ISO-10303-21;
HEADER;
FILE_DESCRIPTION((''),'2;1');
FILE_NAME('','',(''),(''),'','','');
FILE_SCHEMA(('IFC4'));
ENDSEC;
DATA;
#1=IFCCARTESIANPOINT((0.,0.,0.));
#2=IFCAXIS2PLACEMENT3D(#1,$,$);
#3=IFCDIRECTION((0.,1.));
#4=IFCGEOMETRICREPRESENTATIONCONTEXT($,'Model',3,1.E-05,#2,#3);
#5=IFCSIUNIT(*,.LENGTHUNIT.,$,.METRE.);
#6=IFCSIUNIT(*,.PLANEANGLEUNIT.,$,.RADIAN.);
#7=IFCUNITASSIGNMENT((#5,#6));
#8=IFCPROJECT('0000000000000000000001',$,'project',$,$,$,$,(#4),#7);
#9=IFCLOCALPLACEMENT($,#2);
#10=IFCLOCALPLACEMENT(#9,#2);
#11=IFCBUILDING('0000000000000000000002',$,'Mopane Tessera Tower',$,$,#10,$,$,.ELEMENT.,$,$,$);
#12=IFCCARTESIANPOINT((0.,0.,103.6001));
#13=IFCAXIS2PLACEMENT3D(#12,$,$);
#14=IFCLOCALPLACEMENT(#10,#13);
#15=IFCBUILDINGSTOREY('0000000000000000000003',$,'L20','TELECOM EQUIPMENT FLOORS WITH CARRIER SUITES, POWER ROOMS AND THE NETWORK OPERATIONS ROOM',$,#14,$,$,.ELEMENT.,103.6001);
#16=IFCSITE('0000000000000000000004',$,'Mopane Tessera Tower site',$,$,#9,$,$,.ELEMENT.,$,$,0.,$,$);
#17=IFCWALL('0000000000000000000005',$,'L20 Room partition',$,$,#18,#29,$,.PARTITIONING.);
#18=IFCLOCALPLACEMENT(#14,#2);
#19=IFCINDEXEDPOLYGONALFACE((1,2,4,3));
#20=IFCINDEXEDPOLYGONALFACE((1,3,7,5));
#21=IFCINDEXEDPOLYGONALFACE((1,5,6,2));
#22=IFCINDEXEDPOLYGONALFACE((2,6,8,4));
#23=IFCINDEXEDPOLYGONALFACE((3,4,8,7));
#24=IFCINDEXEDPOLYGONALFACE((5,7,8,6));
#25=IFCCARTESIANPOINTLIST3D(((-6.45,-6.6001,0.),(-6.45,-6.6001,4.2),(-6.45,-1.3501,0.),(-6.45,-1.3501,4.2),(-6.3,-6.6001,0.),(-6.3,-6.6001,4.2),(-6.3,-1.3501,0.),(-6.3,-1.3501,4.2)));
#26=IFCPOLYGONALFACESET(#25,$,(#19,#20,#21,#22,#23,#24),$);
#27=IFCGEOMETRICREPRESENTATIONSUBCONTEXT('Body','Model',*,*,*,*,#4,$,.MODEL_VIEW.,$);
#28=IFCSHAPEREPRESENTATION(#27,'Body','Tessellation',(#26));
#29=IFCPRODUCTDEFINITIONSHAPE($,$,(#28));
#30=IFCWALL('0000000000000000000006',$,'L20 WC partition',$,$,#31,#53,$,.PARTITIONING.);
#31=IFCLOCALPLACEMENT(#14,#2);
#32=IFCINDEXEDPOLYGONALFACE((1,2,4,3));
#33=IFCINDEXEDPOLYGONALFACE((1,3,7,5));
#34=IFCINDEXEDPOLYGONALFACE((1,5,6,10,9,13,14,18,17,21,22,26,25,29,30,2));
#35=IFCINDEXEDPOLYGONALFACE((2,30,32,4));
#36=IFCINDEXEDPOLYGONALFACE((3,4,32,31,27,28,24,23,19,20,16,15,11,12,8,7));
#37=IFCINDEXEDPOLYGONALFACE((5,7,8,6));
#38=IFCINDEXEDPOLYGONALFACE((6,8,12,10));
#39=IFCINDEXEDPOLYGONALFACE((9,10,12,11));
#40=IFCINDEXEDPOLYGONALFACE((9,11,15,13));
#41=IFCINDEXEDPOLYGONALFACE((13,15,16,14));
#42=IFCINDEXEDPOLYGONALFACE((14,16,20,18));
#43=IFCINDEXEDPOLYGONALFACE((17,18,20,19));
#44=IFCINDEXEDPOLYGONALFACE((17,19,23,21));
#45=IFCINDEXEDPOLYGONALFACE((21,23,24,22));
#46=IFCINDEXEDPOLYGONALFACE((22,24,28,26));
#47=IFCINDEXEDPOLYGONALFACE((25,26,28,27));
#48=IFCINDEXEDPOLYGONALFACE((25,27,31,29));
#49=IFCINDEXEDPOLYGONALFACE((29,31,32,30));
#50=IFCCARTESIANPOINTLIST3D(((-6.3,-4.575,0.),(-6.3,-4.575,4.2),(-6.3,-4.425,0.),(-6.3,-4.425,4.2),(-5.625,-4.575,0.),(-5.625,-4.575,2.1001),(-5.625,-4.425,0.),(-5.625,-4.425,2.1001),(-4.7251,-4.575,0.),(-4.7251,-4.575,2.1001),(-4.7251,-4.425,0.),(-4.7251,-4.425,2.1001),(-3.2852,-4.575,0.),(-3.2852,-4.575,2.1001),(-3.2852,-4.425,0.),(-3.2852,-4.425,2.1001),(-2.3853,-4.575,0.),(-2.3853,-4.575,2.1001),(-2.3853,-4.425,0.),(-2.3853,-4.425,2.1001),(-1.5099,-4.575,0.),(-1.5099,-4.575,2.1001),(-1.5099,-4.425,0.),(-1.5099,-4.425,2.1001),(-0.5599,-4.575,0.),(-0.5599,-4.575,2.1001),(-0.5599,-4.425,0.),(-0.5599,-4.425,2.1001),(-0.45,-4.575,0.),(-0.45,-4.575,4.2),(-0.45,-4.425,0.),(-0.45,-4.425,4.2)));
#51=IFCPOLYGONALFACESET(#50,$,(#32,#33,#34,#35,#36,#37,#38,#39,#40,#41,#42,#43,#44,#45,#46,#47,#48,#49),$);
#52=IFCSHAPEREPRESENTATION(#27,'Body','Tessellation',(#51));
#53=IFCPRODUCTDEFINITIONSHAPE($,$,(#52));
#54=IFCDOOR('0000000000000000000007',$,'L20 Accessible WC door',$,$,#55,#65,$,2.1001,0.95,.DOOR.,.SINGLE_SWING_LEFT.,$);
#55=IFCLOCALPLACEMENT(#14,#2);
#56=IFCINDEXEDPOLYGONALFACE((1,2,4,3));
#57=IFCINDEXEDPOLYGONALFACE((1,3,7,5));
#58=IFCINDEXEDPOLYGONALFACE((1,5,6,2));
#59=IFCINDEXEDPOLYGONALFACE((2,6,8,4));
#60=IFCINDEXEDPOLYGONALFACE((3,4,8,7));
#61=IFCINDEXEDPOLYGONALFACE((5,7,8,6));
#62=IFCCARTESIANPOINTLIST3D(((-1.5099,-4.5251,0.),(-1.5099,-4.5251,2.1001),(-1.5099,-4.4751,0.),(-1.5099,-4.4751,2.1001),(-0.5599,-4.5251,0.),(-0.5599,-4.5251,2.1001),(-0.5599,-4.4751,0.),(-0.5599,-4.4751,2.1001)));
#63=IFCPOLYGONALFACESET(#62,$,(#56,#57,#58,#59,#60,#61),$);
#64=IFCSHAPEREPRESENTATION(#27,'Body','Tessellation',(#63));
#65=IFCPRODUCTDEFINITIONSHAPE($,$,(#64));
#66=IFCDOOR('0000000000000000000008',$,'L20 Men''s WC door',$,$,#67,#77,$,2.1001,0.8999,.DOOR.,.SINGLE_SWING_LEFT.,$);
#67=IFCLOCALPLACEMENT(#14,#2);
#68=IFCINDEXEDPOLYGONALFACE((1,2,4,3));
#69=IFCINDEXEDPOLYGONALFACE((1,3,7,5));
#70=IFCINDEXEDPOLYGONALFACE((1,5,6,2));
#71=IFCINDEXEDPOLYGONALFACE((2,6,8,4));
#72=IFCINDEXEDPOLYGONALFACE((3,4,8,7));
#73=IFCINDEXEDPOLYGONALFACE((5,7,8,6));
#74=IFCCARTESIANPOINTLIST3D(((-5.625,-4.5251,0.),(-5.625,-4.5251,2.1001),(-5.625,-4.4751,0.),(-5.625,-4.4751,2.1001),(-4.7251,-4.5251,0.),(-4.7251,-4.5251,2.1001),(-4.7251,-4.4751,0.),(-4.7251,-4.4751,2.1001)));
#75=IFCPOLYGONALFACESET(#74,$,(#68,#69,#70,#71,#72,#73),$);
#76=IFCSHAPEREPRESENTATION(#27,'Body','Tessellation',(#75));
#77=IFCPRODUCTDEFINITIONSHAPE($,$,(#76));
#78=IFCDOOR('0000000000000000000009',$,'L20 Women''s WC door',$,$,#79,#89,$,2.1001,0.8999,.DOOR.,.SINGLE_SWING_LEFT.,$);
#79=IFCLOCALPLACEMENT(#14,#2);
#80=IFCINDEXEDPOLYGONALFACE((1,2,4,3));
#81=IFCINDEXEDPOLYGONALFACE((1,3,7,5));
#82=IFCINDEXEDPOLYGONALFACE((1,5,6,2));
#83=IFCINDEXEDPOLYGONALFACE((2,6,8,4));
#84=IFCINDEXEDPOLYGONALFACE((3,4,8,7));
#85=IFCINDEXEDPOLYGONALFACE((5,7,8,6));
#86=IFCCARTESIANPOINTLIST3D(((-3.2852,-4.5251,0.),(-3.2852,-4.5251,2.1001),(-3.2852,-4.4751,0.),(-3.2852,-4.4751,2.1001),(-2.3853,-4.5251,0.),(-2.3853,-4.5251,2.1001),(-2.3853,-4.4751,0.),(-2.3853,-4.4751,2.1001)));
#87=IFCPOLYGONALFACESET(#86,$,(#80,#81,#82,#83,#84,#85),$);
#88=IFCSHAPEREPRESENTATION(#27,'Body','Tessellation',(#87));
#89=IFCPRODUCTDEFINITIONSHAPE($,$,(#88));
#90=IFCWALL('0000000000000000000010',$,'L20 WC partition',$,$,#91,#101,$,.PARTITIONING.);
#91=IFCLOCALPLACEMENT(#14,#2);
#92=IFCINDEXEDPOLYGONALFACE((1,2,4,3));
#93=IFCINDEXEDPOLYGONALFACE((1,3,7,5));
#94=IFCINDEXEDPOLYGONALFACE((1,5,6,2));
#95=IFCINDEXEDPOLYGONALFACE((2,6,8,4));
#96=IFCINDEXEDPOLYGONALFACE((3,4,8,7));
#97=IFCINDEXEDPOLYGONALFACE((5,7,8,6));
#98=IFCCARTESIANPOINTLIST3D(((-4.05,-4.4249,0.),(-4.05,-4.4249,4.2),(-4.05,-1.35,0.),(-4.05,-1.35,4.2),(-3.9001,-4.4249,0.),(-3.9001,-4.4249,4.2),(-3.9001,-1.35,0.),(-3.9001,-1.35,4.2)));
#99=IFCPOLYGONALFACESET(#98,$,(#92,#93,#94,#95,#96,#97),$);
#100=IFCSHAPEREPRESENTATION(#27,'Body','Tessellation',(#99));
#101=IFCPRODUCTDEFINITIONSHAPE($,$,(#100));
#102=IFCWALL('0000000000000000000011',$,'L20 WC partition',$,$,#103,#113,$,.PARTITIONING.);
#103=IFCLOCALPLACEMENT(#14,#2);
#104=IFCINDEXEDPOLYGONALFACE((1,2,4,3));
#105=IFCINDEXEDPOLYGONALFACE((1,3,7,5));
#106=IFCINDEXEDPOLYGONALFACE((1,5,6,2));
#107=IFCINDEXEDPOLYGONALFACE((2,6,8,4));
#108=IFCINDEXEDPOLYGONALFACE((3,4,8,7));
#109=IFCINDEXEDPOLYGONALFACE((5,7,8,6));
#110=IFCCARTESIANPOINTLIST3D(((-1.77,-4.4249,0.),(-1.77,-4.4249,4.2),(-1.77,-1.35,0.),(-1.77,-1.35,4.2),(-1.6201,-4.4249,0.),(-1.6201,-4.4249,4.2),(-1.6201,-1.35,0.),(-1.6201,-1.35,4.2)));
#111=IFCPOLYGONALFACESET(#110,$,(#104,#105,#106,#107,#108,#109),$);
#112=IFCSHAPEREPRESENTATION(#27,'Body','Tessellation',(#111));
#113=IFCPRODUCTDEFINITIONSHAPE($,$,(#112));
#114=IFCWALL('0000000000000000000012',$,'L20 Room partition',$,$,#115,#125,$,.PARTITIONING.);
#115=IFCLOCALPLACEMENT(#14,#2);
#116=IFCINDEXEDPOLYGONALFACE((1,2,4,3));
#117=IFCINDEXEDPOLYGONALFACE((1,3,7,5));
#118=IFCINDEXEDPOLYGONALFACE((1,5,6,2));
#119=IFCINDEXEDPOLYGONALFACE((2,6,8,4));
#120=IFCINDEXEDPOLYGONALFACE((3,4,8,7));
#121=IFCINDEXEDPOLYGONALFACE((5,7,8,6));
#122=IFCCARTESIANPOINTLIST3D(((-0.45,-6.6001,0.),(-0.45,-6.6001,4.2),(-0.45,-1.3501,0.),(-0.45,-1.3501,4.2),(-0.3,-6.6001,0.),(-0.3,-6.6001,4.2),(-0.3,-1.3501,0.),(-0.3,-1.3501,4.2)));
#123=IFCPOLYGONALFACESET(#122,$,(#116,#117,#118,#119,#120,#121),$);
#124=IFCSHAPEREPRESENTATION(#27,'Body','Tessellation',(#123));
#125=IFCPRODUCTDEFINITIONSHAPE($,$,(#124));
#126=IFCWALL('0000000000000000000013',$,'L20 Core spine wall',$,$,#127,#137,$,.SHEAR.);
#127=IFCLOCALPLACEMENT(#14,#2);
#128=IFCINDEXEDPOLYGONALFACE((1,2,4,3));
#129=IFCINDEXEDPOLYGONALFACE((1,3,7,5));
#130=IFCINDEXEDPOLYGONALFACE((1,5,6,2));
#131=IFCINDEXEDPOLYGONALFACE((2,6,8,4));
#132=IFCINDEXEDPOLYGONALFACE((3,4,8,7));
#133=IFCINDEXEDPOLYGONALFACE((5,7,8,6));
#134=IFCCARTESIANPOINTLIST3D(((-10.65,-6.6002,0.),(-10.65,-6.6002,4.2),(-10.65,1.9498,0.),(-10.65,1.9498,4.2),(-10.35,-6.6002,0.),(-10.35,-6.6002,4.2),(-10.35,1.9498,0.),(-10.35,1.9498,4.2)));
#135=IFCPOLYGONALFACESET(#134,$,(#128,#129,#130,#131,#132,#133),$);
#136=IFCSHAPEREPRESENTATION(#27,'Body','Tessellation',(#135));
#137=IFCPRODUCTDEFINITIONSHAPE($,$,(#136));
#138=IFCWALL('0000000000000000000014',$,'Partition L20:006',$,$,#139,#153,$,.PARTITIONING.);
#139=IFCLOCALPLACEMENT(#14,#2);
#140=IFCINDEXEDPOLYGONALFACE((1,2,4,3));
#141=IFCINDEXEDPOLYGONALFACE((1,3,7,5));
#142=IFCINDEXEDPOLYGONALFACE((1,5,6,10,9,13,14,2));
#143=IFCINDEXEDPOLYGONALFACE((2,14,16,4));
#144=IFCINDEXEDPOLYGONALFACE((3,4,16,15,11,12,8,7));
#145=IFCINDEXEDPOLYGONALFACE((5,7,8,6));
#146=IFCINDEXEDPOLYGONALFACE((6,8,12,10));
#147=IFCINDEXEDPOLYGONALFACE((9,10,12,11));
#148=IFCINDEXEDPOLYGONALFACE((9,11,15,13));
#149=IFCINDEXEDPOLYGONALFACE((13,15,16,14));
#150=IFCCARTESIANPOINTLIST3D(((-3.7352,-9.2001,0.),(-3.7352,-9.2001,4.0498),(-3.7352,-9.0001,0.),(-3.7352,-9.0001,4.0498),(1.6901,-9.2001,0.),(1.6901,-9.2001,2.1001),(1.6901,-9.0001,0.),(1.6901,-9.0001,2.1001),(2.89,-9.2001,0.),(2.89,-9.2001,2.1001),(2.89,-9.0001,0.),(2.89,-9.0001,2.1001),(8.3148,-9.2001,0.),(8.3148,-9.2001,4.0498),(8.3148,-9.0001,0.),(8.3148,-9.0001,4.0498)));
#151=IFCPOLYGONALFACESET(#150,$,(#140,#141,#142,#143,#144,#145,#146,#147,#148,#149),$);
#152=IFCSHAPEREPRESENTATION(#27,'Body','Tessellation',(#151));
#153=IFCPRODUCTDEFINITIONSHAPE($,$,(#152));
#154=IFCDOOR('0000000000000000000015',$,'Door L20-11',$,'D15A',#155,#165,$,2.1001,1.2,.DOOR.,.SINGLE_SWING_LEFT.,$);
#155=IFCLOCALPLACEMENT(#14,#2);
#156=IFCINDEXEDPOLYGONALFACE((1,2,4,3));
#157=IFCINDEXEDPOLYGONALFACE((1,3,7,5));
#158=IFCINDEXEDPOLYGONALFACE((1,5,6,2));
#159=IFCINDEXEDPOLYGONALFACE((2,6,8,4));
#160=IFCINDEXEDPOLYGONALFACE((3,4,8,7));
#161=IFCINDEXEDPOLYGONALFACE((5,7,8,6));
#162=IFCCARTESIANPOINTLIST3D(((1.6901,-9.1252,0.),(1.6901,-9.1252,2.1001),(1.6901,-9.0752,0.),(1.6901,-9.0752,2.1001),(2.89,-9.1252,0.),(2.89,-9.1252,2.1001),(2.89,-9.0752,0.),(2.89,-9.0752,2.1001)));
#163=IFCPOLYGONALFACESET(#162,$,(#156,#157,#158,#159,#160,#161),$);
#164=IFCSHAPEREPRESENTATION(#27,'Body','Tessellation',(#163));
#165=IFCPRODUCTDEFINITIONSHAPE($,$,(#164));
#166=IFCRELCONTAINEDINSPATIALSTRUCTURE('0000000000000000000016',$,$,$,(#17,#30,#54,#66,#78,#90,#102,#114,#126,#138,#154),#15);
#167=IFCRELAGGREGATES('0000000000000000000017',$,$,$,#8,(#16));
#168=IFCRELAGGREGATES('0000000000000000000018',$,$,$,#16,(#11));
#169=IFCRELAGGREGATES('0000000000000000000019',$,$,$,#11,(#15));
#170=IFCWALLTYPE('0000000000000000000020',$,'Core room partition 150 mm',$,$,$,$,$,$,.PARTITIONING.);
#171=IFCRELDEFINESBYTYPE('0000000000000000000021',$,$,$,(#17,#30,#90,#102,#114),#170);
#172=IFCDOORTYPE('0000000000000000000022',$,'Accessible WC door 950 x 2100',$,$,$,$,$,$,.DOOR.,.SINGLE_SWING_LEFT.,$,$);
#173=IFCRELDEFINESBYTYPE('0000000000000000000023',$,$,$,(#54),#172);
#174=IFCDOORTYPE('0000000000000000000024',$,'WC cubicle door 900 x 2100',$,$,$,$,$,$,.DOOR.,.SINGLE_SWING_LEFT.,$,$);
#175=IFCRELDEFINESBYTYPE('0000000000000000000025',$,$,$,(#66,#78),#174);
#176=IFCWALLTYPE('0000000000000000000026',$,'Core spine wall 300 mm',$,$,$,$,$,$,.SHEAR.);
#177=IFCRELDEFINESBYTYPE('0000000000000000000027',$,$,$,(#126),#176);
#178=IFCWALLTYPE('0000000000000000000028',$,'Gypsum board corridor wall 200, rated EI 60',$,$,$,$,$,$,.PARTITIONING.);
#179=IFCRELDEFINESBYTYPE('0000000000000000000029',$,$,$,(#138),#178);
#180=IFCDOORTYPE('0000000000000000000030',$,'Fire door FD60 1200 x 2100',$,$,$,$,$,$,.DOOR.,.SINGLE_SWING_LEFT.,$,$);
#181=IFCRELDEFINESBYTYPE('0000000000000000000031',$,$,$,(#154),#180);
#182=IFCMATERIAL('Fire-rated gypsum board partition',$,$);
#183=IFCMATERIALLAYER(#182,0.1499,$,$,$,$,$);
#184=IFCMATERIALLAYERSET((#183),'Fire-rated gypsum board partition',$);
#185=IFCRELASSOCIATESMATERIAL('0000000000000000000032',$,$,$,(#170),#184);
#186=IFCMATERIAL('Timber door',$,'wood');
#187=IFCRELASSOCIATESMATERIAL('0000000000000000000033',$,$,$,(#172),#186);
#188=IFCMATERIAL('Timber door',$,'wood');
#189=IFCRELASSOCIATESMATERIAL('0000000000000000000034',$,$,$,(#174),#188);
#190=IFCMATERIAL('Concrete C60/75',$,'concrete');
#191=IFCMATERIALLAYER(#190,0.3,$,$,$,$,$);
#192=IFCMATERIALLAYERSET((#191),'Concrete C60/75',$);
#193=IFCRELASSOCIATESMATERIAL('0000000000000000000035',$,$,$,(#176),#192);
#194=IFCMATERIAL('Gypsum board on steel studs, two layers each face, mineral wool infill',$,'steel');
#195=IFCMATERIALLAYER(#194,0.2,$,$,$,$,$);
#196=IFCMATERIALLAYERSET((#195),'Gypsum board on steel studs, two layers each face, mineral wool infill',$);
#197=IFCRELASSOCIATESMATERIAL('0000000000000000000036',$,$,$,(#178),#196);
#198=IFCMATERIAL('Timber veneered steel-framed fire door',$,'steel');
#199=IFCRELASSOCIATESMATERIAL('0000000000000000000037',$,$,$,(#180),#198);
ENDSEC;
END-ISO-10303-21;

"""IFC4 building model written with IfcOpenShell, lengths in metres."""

from ifc_helpers import new_model, si_unit, direction, frame, frame_2d, origin, place, context, subcontext, project, spatial, rectangle, extrude, material, layer, layer_set, type_object, element, fill, save


model = new_model("IFC4")

# Units and contexts
model_context = context("Model", 3, precision=1e-05, world=origin(), true_north=direction((0.0, 1.0)))
body_context = subcontext(model_context, "Body", "Model", "MODEL_VIEW")
ifc_project = project(units=[si_unit("LENGTHUNIT", "METRE"), si_unit("PLANEANGLEUNIT", "RADIAN")], contexts=[model_context])

# Site, building, storey
site_placement = place(None, origin())
site = spatial("IfcSite", under=ifc_project, at=site_placement, Name="Mopane Tessera Tower site", CompositionType="ELEMENT", RefElevation=0.0)
building_placement = place(site_placement, origin())
building = spatial("IfcBuilding", under=site, at=building_placement, Name="Mopane Tessera Tower", CompositionType="ELEMENT")
storey_placement = place(building_placement, frame((0.0, 0.0, 103.6001)))
storey = spatial("IfcBuildingStorey", under=building, at=storey_placement, Name="L20", Description="TELECOM EQUIPMENT FLOORS WITH CARRIER SUITES, POWER ROOMS AND THE NETWORK OPERATIONS ROOM", CompositionType="ELEMENT", Elevation=103.6001)

# Wall
ifc_material_1 = material(Name="Fire-rated gypsum board partition")
ifc_layer_1 = layer(ifc_material_1, 0.1499)
ifc_layer_set_1 = layer_set([ifc_layer_1], Name="Fire-rated gypsum board partition")
wall_type_1 = type_object("IfcWallType", Name="Core room partition 150 mm", PredefinedType="PARTITIONING", material=ifc_layer_set_1)
wall_1_placement = place(storey_placement, frame((-6.375, -6.6001, 0.0), z_axis=(0.0, 0.0, 1.0), x_axis=(0.0, 1.0, 0.0)))
element("IfcWall", 1, at=wall_1_placement, inside=storey, type_object=wall_type_1, Name="L20 Room partition", PredefinedType="PARTITIONING", context=body_context, shape_type="SweptSolid", body=[
    extrude(rectangle(XDim=5.25, YDim=0.1499, at=frame_2d((2.625, 0.0))), origin(), (0.0, 0.0, 1.0), 4.2),
])

# Wall, openings, doors
wall_2_placement = place(storey_placement, frame((-6.3, -4.5, 0.0), z_axis=(0.0, 0.0, 1.0), x_axis=(1.0, 0.0, 0.0)))
wall_2 = element("IfcWall", 2, at=wall_2_placement, inside=storey, type_object=wall_type_1, Name="L20 WC partition", PredefinedType="PARTITIONING", context=body_context, shape_type="SweptSolid", body=[
    extrude(rectangle(XDim=5.8501, YDim=0.1499, at=frame_2d((2.925, 0.0))), origin(), (0.0, 0.0, 1.0), 4.2),
])
opening_1_placement = place(wall_2_placement, frame((0.675, 0.0, 0.0)))
opening_1 = element("IfcOpeningElement", 3, at=opening_1_placement, cuts=wall_2, PredefinedType="OPENING", context=body_context, shape_type="SweptSolid", body=[
    extrude(rectangle(XDim=0.8999, YDim=2.1001, at=frame_2d((0.45, 1.05))), frame((0.0, 0.0869, 0.0), z_axis=(0.0, -1.0, 0.0), x_axis=(1.0, 0.0, 0.0)), (0.0, 0.0, 1.0), 0.1738),
])
opening_2_placement = place(wall_2_placement, frame((3.0149, 0.0, 0.0)))
opening_2 = element("IfcOpeningElement", 4, at=opening_2_placement, cuts=wall_2, PredefinedType="OPENING", context=body_context, shape_type="SweptSolid", body=[
    extrude(rectangle(XDim=0.8999, YDim=2.1001, at=frame_2d((0.45, 1.05))), frame((0.0, 0.0869, 0.0), z_axis=(0.0, -1.0, 0.0), x_axis=(1.0, 0.0, 0.0)), (0.0, 0.0, 1.0), 0.1738),
])
opening_3_placement = place(wall_2_placement, frame((4.79, 0.0, 0.0)))
opening_3 = element("IfcOpeningElement", 5, at=opening_3_placement, cuts=wall_2, PredefinedType="OPENING", context=body_context, shape_type="SweptSolid", body=[
    extrude(rectangle(XDim=0.95, YDim=2.1001, at=frame_2d((0.4751, 1.05))), frame((0.0, 0.0869, 0.0), z_axis=(0.0, -1.0, 0.0), x_axis=(1.0, 0.0, 0.0)), (0.0, 0.0, 1.0), 0.1738),
])
ifc_material_2 = material(Name="Timber door", Category="wood")
door_type_1 = type_object("IfcDoorType", Name="Accessible WC door 950 x 2100", OperationType="SINGLE_SWING_LEFT", PredefinedType="DOOR", material=ifc_material_2)
door_1_placement = place(opening_3_placement, origin())
door_1 = element("IfcDoor", 6, at=door_1_placement, inside=storey, type_object=door_type_1, Name="L20 Accessible WC door", OperationType="SINGLE_SWING_LEFT", OverallHeight=2.1001, OverallWidth=0.95, PredefinedType="DOOR", context=body_context, shape_type="SweptSolid", body=[
    extrude(rectangle(XDim=0.95, YDim=2.1001, at=frame_2d((0.4751, 1.05))), frame((0.0, 0.0249, 0.0), z_axis=(0.0, -1.0, 0.0), x_axis=(1.0, 0.0, 0.0)), (0.0, 0.0, 1.0), 0.05),
])
fill(opening_3, door_1)
ifc_material_3 = material(Name="Timber door", Category="wood")
door_type_2 = type_object("IfcDoorType", Name="WC cubicle door 900 x 2100", OperationType="SINGLE_SWING_LEFT", PredefinedType="DOOR", material=ifc_material_3)
door_2_placement = place(opening_1_placement, origin())
door_2 = element("IfcDoor", 7, at=door_2_placement, inside=storey, type_object=door_type_2, Name="L20 Men's WC door", OperationType="SINGLE_SWING_LEFT", OverallHeight=2.1001, OverallWidth=0.8999, PredefinedType="DOOR", context=body_context, shape_type="SweptSolid", body=[
    extrude(rectangle(XDim=0.8999, YDim=2.1001, at=frame_2d((0.45, 1.05))), frame((0.0, 0.0249, 0.0), z_axis=(0.0, -1.0, 0.0), x_axis=(1.0, 0.0, 0.0)), (0.0, 0.0, 1.0), 0.05),
])
fill(opening_1, door_2)
door_3_placement = place(opening_2_placement, origin())
door_3 = element("IfcDoor", 8, at=door_3_placement, inside=storey, type_object=door_type_2, Name="L20 Women's WC door", OperationType="SINGLE_SWING_LEFT", OverallHeight=2.1001, OverallWidth=0.8999, PredefinedType="DOOR", context=body_context, shape_type="SweptSolid", body=[
    extrude(rectangle(XDim=0.8999, YDim=2.1001, at=frame_2d((0.45, 1.05))), frame((0.0, 0.0249, 0.0), z_axis=(0.0, -1.0, 0.0), x_axis=(1.0, 0.0, 0.0)), (0.0, 0.0, 1.0), 0.05),
])
fill(opening_2, door_3)

# Walls
for number, where, z_axis, x_axis, name in (
    (9, (-3.9751, -4.425, 0.0), (0.0, 0.0, 1.0), (0.0, 1.0, 0.0), "L20 WC partition"),
    (10, (-1.6951, -4.425, 0.0), (0.0, 0.0, 1.0), (0.0, 1.0, 0.0), "L20 WC partition"),
):
    element("IfcWall", number, at=place(storey_placement, frame(where, z_axis=z_axis, x_axis=x_axis)), inside=storey, type_object=wall_type_1, Name=name, PredefinedType="PARTITIONING", context=body_context, shape_type="SweptSolid", body=[
        extrude(rectangle(XDim=3.075, YDim=0.1499, at=frame_2d((1.5376, 0.0))), origin(), (0.0, 0.0, 1.0), 4.2),
    ])
wall_3_placement = place(storey_placement, frame((-0.375, -6.6001, 0.0), z_axis=(0.0, 0.0, 1.0), x_axis=(0.0, 1.0, 0.0)))
element("IfcWall", 11, at=wall_3_placement, inside=storey, type_object=wall_type_1, Name="L20 Room partition", PredefinedType="PARTITIONING", context=body_context, shape_type="SweptSolid", body=[
    extrude(rectangle(XDim=5.25, YDim=0.1499, at=frame_2d((2.625, 0.0))), origin(), (0.0, 0.0, 1.0), 4.2),
])
ifc_material_4 = material(Name="Concrete C60/75", Category="concrete")
ifc_layer_2 = layer(ifc_material_4, 0.3)
ifc_layer_set_2 = layer_set([ifc_layer_2], Name="Concrete C60/75")
wall_type_2 = type_object("IfcWallType", Name="Core spine wall 300 mm", PredefinedType="SHEAR", material=ifc_layer_set_2)
wall_4_placement = place(storey_placement, frame((-10.5, -6.6001, 0.0), z_axis=(0.0, 0.0, 1.0), x_axis=(0.0, 1.0, 0.0)))
element("IfcWall", 12, at=wall_4_placement, inside=storey, type_object=wall_type_2, Name="L20 Core spine wall", PredefinedType="SHEAR", context=body_context, shape_type="SweptSolid", body=[
    extrude(rectangle(XDim=8.55, YDim=0.3, at=frame_2d((4.2749, 0.0))), origin(), (0.0, 0.0, 1.0), 4.2),
])

# Wall, opening, door
ifc_material_5 = material(Name="Gypsum board on steel studs, two layers each face, mineral wool infill", Category="steel")
ifc_layer_3 = layer(ifc_material_5, 0.2)
ifc_layer_set_3 = layer_set([ifc_layer_3], Name="Gypsum board on steel studs, two layers each face, mineral wool infill")
wall_type_3 = type_object("IfcWallType", Name="Gypsum board corridor wall 200, rated EI 60", PredefinedType="PARTITIONING", material=ifc_layer_set_3)
wall_5_placement = place(storey_placement, frame((-3.7351, -9.1001, 0.0), z_axis=(0.0, 0.0, 1.0), x_axis=(1.0, 0.0, 0.0)))
wall_5 = element("IfcWall", 13, at=wall_5_placement, inside=storey, type_object=wall_type_3, Name="Partition L20:006", PredefinedType="PARTITIONING", context=body_context, shape_type="SweptSolid", body=[
    extrude(rectangle(XDim=12.05, YDim=0.2, at=frame_2d((6.0249, 0.0))), origin(), (0.0, 0.0, 1.0), 4.0498),
])
opening_4_placement = place(wall_5_placement, frame((5.425, 0.0, 0.0)))
opening_4 = element("IfcOpeningElement", 14, at=opening_4_placement, cuts=wall_5, PredefinedType="OPENING", context=body_context, shape_type="SweptSolid", body=[
    extrude(rectangle(XDim=1.2, YDim=2.1001, at=frame_2d((0.6001, 1.05))), frame((0.0, 0.1121, 0.0), z_axis=(0.0, -1.0, 0.0), x_axis=(1.0, 0.0, 0.0)), (0.0, 0.0, 1.0), 0.2239),
])
ifc_material_6 = material(Name="Timber veneered steel-framed fire door", Category="steel")
door_type_3 = type_object("IfcDoorType", Name="Fire door FD60 1200 x 2100", OperationType="SINGLE_SWING_LEFT", PredefinedType="DOOR", material=ifc_material_6)
door_4_placement = place(opening_4_placement, origin())
door_4 = element("IfcDoor", 15, at=door_4_placement, inside=storey, type_object=door_type_3, Name="Door L20-11", ObjectType="D15A", OperationType="SINGLE_SWING_LEFT", OverallHeight=2.1001, OverallWidth=1.2, PredefinedType="DOOR", context=body_context, shape_type="SweptSolid", body=[
    extrude(rectangle(XDim=1.2, YDim=2.1001, at=frame_2d((0.6001, 1.05))), frame((0.0, 0.0249, 0.0), z_axis=(0.0, -1.0, 0.0), x_axis=(1.0, 0.0, 0.0)), (0.0, 0.0, 1.0), 0.05),
])
fill(opening_4, door_4)

save(model, "model.ifc")
